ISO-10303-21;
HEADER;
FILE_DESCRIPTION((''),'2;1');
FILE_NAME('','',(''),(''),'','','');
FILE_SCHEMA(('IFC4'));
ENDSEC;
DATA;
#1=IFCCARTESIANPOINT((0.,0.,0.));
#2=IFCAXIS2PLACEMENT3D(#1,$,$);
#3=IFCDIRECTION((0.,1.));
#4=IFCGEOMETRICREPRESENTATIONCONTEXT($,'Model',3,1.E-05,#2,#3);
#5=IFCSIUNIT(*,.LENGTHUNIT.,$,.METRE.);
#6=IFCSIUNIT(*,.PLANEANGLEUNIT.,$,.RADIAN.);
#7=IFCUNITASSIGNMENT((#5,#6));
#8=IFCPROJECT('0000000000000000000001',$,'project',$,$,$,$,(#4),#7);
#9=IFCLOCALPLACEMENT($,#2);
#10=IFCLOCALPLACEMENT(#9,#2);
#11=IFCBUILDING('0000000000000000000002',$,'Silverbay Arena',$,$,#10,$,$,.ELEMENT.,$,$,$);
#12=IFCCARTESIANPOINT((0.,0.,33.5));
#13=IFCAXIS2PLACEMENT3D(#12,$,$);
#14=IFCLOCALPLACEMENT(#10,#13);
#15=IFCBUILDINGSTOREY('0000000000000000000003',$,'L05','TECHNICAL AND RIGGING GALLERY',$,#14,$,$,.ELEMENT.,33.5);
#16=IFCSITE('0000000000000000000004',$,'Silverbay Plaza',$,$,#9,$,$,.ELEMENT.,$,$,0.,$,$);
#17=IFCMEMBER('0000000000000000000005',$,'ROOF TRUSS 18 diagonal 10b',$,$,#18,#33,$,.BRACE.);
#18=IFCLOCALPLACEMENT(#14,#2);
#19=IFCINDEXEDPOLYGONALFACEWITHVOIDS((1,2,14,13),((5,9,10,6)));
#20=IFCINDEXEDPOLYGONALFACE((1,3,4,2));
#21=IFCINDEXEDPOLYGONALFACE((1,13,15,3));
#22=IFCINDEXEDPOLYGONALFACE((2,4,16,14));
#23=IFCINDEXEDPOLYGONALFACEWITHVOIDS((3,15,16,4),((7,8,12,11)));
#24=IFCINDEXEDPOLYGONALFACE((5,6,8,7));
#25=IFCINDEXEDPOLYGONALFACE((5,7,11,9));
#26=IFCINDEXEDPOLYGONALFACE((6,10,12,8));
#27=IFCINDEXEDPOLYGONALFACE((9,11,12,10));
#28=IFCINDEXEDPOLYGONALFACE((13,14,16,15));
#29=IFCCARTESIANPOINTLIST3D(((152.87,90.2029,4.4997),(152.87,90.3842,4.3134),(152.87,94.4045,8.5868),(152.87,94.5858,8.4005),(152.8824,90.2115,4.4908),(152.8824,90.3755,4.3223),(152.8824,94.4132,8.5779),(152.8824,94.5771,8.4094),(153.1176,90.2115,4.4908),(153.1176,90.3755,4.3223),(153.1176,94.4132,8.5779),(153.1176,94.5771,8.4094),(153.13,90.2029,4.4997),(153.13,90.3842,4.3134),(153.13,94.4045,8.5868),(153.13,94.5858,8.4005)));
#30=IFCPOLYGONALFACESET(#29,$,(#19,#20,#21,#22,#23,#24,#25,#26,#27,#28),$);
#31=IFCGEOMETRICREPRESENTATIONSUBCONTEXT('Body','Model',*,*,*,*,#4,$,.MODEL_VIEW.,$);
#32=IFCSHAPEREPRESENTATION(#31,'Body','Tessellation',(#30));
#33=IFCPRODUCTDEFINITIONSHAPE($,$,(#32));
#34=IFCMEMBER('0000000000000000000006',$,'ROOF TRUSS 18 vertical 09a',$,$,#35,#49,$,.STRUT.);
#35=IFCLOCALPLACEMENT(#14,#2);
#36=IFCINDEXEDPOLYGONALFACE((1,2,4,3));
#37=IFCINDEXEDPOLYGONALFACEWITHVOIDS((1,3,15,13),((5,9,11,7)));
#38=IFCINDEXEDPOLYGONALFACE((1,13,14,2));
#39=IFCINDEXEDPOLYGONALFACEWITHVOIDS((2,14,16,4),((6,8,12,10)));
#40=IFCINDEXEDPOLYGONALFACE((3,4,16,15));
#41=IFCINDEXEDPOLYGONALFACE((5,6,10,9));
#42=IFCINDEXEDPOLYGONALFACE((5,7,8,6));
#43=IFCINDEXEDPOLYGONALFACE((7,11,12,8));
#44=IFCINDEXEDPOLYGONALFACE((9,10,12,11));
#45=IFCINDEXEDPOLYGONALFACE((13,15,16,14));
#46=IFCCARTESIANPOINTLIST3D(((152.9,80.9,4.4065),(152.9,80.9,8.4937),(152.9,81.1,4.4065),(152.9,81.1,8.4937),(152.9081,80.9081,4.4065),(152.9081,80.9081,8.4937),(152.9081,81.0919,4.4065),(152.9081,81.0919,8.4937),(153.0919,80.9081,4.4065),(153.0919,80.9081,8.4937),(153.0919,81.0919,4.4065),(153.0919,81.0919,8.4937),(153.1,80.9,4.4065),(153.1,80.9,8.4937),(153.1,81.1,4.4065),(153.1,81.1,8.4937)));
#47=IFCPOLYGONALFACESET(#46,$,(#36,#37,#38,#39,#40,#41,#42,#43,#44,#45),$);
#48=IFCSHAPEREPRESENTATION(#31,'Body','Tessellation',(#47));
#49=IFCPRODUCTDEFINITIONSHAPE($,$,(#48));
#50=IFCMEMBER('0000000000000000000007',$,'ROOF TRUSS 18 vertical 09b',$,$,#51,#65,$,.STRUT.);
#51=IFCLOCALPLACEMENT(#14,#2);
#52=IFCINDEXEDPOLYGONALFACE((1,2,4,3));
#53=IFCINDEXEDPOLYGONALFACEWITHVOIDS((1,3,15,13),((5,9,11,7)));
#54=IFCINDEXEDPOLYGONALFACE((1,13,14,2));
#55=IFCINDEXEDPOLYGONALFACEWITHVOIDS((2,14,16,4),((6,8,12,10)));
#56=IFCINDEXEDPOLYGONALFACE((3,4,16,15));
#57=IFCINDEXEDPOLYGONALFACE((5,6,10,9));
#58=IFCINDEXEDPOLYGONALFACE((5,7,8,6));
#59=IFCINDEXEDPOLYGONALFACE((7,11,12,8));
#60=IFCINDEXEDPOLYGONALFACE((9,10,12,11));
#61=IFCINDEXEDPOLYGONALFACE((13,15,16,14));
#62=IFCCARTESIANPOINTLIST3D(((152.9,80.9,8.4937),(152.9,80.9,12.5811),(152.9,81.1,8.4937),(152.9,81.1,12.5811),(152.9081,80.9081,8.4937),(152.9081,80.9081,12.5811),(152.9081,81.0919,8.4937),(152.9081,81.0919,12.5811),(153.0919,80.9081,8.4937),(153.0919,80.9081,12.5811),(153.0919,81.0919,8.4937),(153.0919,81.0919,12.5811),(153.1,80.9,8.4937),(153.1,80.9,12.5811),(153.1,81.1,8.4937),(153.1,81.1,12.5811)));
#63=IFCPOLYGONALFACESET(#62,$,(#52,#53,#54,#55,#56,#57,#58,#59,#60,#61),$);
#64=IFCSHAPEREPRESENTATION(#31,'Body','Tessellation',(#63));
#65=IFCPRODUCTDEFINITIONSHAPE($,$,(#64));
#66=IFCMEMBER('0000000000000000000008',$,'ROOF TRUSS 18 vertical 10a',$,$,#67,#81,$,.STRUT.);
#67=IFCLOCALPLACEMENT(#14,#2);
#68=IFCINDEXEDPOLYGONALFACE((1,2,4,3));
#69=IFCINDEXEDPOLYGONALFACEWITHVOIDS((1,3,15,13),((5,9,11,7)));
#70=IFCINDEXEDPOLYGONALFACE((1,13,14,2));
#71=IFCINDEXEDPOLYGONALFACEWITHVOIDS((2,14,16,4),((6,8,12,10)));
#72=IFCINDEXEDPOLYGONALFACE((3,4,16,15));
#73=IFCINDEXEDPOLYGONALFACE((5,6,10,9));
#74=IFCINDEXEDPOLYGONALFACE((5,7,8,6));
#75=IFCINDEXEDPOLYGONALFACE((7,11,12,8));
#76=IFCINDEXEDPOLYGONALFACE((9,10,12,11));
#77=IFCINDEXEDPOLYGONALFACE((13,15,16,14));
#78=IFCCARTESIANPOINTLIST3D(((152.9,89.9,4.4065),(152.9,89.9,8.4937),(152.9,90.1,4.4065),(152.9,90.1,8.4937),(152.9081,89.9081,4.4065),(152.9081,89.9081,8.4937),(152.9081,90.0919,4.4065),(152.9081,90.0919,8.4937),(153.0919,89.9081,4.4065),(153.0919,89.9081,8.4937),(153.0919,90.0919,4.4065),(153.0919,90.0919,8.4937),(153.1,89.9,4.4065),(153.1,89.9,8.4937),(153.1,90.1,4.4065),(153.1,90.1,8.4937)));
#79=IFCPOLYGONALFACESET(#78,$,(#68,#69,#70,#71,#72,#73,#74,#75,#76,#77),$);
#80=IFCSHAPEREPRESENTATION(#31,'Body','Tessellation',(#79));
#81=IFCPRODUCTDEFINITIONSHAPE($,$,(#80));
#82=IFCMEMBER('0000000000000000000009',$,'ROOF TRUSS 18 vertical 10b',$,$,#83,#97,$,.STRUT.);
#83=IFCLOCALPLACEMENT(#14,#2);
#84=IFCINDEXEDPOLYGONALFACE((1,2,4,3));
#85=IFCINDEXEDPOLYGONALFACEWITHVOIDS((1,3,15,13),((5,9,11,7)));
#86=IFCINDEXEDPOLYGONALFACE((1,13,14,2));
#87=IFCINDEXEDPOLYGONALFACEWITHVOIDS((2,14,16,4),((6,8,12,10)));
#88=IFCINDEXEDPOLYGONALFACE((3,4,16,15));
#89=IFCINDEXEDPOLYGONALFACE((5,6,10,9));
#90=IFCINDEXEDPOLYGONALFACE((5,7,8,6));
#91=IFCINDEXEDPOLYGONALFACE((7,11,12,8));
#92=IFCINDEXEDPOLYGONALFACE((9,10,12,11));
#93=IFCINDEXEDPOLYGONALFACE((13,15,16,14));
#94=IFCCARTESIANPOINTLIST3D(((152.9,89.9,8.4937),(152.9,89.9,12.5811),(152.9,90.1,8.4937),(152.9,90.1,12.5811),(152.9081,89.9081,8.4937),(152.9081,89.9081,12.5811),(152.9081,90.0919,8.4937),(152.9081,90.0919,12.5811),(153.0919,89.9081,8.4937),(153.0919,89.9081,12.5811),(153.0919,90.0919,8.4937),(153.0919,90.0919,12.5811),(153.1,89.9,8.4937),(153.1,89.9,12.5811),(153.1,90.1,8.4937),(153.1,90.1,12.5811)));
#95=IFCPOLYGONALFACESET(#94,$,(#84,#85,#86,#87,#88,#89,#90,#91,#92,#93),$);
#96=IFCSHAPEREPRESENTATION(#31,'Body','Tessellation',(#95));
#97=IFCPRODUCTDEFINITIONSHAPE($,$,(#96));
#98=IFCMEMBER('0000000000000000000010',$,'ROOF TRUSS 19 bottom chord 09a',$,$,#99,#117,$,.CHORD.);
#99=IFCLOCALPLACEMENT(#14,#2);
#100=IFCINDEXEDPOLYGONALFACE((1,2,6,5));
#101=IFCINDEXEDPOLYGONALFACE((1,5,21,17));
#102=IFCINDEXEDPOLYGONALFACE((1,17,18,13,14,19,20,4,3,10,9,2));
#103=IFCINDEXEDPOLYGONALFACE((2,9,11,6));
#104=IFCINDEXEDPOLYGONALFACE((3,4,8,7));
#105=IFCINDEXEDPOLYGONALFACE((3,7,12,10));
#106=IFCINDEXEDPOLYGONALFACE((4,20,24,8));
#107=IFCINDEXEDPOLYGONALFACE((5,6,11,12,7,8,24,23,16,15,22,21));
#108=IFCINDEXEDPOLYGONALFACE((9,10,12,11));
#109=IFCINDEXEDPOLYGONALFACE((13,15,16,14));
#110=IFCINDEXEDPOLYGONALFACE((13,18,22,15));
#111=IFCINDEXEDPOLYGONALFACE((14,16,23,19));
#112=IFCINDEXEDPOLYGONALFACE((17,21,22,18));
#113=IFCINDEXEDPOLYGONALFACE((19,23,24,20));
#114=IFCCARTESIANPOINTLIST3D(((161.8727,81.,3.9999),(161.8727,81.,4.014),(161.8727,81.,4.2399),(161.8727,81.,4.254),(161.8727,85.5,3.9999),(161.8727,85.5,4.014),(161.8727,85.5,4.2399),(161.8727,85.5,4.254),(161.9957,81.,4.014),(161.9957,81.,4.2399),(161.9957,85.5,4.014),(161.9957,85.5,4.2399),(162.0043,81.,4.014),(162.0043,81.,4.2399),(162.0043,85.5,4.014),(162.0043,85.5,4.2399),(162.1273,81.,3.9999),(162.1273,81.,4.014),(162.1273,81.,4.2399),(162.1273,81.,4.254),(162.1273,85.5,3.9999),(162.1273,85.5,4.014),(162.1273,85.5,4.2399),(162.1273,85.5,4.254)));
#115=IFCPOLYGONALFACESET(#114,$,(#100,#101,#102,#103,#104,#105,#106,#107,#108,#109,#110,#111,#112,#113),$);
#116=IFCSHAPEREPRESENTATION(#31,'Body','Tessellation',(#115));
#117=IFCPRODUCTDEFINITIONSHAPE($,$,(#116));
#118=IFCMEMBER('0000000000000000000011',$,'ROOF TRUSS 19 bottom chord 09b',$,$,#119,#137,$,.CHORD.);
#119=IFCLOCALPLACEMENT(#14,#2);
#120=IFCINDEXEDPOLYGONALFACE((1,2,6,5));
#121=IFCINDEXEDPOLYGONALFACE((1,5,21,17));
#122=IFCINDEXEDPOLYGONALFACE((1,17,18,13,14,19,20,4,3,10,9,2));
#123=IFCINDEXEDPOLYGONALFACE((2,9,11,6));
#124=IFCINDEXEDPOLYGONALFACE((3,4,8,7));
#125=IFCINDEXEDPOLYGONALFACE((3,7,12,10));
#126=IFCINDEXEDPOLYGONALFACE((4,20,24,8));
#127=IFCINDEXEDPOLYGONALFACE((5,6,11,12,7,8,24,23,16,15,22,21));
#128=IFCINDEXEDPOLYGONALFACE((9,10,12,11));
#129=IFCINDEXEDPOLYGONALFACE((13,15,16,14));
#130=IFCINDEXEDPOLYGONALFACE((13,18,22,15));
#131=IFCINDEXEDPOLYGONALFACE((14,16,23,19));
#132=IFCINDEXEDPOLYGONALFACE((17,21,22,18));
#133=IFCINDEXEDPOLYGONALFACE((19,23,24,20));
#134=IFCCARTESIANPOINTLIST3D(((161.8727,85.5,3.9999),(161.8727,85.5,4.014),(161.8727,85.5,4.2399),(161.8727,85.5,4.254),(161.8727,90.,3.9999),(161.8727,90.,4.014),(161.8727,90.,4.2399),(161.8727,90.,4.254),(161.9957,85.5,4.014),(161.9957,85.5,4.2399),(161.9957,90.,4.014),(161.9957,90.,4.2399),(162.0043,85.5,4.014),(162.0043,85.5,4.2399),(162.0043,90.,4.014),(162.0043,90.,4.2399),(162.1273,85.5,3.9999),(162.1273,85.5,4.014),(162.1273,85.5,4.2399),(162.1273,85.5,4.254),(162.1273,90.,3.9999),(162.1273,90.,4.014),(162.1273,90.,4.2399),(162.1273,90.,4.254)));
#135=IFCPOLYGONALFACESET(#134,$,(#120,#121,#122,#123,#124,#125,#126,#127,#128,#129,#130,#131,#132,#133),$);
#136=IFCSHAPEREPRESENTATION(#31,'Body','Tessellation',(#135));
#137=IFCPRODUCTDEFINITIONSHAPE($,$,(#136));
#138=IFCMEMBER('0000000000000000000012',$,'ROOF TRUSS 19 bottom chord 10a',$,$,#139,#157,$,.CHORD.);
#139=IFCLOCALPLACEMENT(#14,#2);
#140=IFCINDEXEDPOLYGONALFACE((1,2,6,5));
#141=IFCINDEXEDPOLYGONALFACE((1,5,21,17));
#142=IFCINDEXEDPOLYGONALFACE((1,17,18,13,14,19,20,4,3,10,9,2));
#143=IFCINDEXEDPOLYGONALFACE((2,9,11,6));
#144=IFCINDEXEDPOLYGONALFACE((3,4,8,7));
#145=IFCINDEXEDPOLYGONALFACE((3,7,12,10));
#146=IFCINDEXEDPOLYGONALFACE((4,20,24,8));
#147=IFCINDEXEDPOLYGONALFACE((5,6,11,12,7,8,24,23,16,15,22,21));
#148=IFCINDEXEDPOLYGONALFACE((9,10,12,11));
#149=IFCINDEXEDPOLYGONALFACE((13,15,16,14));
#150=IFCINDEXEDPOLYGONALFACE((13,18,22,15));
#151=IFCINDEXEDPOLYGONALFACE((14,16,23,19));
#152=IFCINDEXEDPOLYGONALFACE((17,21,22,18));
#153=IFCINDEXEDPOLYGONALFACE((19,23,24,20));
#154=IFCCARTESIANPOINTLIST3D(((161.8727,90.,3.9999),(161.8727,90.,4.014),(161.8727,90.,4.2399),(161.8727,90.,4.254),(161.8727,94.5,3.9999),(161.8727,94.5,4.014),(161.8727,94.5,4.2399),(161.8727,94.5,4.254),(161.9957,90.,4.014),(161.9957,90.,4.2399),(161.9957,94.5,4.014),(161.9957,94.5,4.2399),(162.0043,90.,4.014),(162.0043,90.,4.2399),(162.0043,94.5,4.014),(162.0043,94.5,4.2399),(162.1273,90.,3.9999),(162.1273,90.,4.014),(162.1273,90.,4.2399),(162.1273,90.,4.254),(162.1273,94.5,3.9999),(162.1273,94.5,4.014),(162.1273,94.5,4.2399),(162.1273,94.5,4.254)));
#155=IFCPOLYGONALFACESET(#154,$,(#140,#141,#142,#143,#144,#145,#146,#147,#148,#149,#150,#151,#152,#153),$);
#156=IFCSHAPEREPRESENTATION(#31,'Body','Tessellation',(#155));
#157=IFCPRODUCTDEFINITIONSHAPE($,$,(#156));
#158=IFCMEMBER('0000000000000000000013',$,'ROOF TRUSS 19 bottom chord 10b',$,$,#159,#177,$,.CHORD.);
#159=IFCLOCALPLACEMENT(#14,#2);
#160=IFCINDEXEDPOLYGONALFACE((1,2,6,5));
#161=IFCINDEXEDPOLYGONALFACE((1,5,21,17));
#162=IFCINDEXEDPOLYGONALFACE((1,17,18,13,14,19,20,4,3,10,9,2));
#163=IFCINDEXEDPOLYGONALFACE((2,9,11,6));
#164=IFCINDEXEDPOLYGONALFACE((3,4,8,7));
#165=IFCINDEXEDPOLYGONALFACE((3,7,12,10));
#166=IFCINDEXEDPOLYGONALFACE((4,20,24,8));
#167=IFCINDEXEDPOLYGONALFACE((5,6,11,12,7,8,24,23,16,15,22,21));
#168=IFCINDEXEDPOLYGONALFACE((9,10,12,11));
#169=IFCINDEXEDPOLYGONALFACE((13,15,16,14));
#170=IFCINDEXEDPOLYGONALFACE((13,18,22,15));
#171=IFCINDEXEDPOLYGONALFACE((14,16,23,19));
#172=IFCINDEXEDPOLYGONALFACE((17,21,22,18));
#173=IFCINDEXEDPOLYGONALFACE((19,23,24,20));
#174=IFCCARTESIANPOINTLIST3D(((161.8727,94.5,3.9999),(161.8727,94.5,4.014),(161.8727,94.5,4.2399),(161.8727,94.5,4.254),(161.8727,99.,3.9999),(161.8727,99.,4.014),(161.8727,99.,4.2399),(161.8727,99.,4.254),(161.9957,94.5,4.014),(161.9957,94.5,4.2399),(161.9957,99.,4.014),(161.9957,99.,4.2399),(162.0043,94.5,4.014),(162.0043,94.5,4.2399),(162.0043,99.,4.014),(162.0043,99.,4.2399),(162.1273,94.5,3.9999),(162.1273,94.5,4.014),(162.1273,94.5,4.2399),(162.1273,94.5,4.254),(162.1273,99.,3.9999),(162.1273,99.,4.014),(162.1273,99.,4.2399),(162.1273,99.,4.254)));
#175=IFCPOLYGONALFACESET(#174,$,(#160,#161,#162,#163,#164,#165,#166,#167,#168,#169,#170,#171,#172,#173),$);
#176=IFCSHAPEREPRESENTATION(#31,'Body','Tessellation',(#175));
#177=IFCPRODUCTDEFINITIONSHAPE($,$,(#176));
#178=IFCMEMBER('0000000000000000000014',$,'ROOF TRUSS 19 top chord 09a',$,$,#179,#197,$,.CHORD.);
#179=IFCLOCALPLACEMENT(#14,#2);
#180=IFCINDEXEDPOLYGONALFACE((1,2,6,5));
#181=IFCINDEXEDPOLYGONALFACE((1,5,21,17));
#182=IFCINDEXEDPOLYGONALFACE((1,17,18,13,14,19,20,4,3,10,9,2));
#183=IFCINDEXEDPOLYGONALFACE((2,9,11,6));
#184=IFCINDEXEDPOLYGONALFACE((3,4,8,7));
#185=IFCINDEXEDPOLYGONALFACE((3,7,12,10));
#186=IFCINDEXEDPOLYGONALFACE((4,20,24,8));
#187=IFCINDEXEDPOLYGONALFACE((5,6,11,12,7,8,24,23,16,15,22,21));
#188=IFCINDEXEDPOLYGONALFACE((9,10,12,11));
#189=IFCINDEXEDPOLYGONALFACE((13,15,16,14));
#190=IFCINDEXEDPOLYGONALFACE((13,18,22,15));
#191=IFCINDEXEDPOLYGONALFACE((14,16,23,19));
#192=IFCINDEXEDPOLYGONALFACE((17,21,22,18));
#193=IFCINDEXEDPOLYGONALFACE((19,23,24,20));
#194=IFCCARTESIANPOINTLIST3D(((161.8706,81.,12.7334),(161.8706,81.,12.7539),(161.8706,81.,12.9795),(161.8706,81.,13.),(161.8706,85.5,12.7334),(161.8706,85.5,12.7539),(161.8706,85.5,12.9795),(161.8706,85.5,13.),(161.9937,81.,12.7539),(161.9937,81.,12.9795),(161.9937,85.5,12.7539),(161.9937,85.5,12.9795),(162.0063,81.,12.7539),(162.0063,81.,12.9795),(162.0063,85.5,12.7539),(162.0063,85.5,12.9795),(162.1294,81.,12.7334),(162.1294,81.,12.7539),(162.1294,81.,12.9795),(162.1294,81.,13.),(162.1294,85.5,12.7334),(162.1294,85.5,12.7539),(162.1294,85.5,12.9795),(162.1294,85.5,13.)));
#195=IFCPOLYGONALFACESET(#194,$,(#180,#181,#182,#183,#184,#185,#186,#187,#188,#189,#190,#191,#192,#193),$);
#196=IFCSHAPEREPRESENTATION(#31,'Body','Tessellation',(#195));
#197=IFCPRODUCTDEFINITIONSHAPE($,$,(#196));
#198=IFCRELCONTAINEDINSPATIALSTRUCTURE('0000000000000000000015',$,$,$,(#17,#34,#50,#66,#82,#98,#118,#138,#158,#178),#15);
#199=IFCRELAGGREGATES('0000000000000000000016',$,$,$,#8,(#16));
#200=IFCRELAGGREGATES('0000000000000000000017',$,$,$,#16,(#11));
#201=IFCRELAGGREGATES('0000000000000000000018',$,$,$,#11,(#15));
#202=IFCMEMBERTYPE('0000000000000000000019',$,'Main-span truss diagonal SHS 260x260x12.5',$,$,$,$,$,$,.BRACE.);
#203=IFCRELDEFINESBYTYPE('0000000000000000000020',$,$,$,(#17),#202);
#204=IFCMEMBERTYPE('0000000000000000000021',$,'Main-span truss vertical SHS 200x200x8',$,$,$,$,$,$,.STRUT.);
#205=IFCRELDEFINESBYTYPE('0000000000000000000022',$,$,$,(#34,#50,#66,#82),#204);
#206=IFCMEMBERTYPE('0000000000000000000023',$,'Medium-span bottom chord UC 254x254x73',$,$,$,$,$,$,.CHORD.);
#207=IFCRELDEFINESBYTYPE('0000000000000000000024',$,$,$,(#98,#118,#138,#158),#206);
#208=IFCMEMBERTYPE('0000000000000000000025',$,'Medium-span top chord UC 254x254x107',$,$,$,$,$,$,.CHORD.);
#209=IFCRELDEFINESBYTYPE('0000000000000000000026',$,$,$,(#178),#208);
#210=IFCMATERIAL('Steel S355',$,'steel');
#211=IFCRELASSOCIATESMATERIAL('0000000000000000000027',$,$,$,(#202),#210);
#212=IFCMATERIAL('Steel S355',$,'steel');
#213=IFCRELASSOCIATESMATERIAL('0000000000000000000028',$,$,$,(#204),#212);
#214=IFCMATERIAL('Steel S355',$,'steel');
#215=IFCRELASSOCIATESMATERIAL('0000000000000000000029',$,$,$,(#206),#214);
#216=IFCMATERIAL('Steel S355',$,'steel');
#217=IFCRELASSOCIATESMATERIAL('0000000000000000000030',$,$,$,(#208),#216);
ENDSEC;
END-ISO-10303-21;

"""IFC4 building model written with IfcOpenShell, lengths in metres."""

from ifc_helpers import new_model, si_unit, direction, frame, origin, origin_2d, place, context, subcontext, project, spatial, hollow_rectangle, i_section, extrude, material, material_profile, profile_set, type_object, element, save


model = new_model("IFC4")

# Units and contexts
model_context = context("Model", 3, precision=1e-05, world=origin(), true_north=direction((0.0, 1.0)))
body_context = subcontext(model_context, "Body", "Model", "MODEL_VIEW")
ifc_project = project(units=[si_unit("LENGTHUNIT", "METRE"), si_unit("PLANEANGLEUNIT", "RADIAN")], contexts=[model_context])

# Site, building, storey
site_placement = place(None, origin())
site = spatial("IfcSite", under=ifc_project, at=site_placement, Name="Silverbay Plaza", CompositionType="ELEMENT", RefElevation=0.0)
building_placement = place(site_placement, origin())
building = spatial("IfcBuilding", under=site, at=building_placement, Name="Silverbay Arena", CompositionType="ELEMENT")
storey_placement = place(building_placement, frame((0.0, 0.0, 33.5)))
storey = spatial("IfcBuildingStorey", under=building, at=storey_placement, Name="L05", Description="TECHNICAL AND RIGGING GALLERY", CompositionType="ELEMENT", Elevation=33.5)

# Members
ifc_material_1 = material(Name="Steel S355", Category="steel")
ifc_material_profile_1 = material_profile(ifc_material_1, hollow_rectangle(XDim=0.26, YDim=0.26, WallThickness=0.0125, at=origin_2d()), Name="SHS 260x260x12.5")
ifc_profile_set_1 = profile_set([ifc_material_profile_1], Name="Steel S355")
member_type_1 = type_object("IfcMemberType", Name="Main-span truss diagonal SHS 260x260x12.5", PredefinedType="BRACE", material=ifc_profile_set_1)
member_1_placement = place(storey_placement, frame((153.0, 94.4951, 8.4937), z_axis=(0.0, -0.716806, -0.697272), x_axis=(1.0, 0.0, 0.0)))
element("IfcMember", 1, at=member_1_placement, inside=storey, type_object=member_type_1, Name="ROOF TRUSS 18 diagonal 10b", PredefinedType="BRACE", context=body_context, shape_type="SweptSolid", body=[
    extrude(hollow_rectangle(XDim=0.26, YDim=0.26, WallThickness=0.0125, at=origin_2d()), origin(), (0.0, 0.0, 1.0), 5.8616),
])
ifc_material_2 = material(Name="Steel S355", Category="steel")
ifc_material_profile_2 = material_profile(ifc_material_2, hollow_rectangle(XDim=0.2, YDim=0.2, WallThickness=0.0081, at=origin_2d()), Name="SHS 200x200x8")
ifc_profile_set_2 = profile_set([ifc_material_profile_2], Name="Steel S355")
member_type_2 = type_object("IfcMemberType", Name="Main-span truss vertical SHS 200x200x8", PredefinedType="STRUT", material=ifc_profile_set_2)
member_2_placement = place(storey_placement, frame((153.0, 81.0, 4.4065), z_axis=(0.0, 0.0, 1.0), x_axis=(1.0, 0.0, 0.0)))
element("IfcMember", 2, at=member_2_placement, inside=storey, type_object=member_type_2, Name="ROOF TRUSS 18 vertical 09a", PredefinedType="STRUT", context=body_context, shape_type="SweptSolid", body=[
    extrude(hollow_rectangle(XDim=0.2, YDim=0.2, WallThickness=0.0081, at=origin_2d()), origin(), (0.0, 0.0, 1.0), 4.0872),
])
member_3_placement = place(storey_placement, frame((153.0, 81.0, 8.4937), z_axis=(0.0, 0.0, 1.0), x_axis=(1.0, 0.0, 0.0)))
element("IfcMember", 3, at=member_3_placement, inside=storey, type_object=member_type_2, Name="ROOF TRUSS 18 vertical 09b", PredefinedType="STRUT", context=body_context, shape_type="SweptSolid", body=[
    extrude(hollow_rectangle(XDim=0.2, YDim=0.2, WallThickness=0.0081, at=origin_2d()), origin(), (0.0, 0.0, 1.0), 4.0874),
])
member_4_placement = place(storey_placement, frame((153.0, 90.0, 4.4065), z_axis=(0.0, 0.0, 1.0), x_axis=(1.0, 0.0, 0.0)))
element("IfcMember", 4, at=member_4_placement, inside=storey, type_object=member_type_2, Name="ROOF TRUSS 18 vertical 10a", PredefinedType="STRUT", context=body_context, shape_type="SweptSolid", body=[
    extrude(hollow_rectangle(XDim=0.2, YDim=0.2, WallThickness=0.0081, at=origin_2d()), origin(), (0.0, 0.0, 1.0), 4.0872),
])
member_5_placement = place(storey_placement, frame((153.0, 90.0, 8.4937), z_axis=(0.0, 0.0, 1.0), x_axis=(1.0, 0.0, 0.0)))
element("IfcMember", 5, at=member_5_placement, inside=storey, type_object=member_type_2, Name="ROOF TRUSS 18 vertical 10b", PredefinedType="STRUT", context=body_context, shape_type="SweptSolid", body=[
    extrude(hollow_rectangle(XDim=0.2, YDim=0.2, WallThickness=0.0081, at=origin_2d()), origin(), (0.0, 0.0, 1.0), 4.0874),
])
ifc_material_3 = material(Name="Steel S355", Category="steel")
ifc_material_profile_3 = material_profile(ifc_material_3, i_section(OverallWidth=0.2546, OverallDepth=0.2542, WebThickness=0.0085, FlangeThickness=0.0142, at=origin_2d()), Name="UC 254x254x73")
ifc_profile_set_3 = profile_set([ifc_material_profile_3], Name="Steel S355")
member_type_3 = type_object("IfcMemberType", Name="Medium-span bottom chord UC 254x254x73", PredefinedType="CHORD", material=ifc_profile_set_3)
for number, where, z_axis, x_axis, name in (
    (6, (162.0, 81.0, 4.127), (0.0, 1.0, 0.0), (-1.0, 0.0, 0.0), "ROOF TRUSS 19 bottom chord 09a"),
    (7, (162.0, 85.5, 4.127), (0.0, 1.0, 0.0), (-1.0, 0.0, 0.0), "ROOF TRUSS 19 bottom chord 09b"),
    (8, (162.0, 90.0, 4.127), (0.0, 1.0, 0.0), (-1.0, 0.0, 0.0), "ROOF TRUSS 19 bottom chord 10a"),
    (9, (162.0, 94.5, 4.127), (0.0, 1.0, 0.0), (-1.0, 0.0, 0.0), "ROOF TRUSS 19 bottom chord 10b"),
):
    element("IfcMember", number, at=place(storey_placement, frame(where, z_axis=z_axis, x_axis=x_axis)), inside=storey, type_object=member_type_3, Name=name, PredefinedType="CHORD", context=body_context, shape_type="SweptSolid", body=[
        extrude(i_section(OverallWidth=0.2546, OverallDepth=0.2542, WebThickness=0.0085, FlangeThickness=0.0142, at=origin_2d()), origin(), (0.0, 0.0, 1.0), 4.5),
    ])
ifc_material_4 = material(Name="Steel S355", Category="steel")
ifc_material_profile_4 = material_profile(ifc_material_4, i_section(OverallWidth=0.2588, OverallDepth=0.2666, WebThickness=0.0127, FlangeThickness=0.0205, at=origin_2d()), Name="UC 254x254x107")
ifc_profile_set_4 = profile_set([ifc_material_profile_4], Name="Steel S355")
member_type_4 = type_object("IfcMemberType", Name="Medium-span top chord UC 254x254x107", PredefinedType="CHORD", material=ifc_profile_set_4)
for number, where, z_axis, x_axis, name in (
    (10, (162.0, 81.0, 12.8667), (0.0, 1.0, 0.0), (-1.0, 0.0, 0.0), "ROOF TRUSS 19 top chord 09a"),
):
    element("IfcMember", number, at=place(storey_placement, frame(where, z_axis=z_axis, x_axis=x_axis)), inside=storey, type_object=member_type_4, Name=name, PredefinedType="CHORD", context=body_context, shape_type="SweptSolid", body=[
        extrude(i_section(OverallWidth=0.2588, OverallDepth=0.2666, WebThickness=0.0127, FlangeThickness=0.0205, at=origin_2d()), origin(), (0.0, 0.0, 1.0), 4.5),
    ])

save(model, "model.ifc")
